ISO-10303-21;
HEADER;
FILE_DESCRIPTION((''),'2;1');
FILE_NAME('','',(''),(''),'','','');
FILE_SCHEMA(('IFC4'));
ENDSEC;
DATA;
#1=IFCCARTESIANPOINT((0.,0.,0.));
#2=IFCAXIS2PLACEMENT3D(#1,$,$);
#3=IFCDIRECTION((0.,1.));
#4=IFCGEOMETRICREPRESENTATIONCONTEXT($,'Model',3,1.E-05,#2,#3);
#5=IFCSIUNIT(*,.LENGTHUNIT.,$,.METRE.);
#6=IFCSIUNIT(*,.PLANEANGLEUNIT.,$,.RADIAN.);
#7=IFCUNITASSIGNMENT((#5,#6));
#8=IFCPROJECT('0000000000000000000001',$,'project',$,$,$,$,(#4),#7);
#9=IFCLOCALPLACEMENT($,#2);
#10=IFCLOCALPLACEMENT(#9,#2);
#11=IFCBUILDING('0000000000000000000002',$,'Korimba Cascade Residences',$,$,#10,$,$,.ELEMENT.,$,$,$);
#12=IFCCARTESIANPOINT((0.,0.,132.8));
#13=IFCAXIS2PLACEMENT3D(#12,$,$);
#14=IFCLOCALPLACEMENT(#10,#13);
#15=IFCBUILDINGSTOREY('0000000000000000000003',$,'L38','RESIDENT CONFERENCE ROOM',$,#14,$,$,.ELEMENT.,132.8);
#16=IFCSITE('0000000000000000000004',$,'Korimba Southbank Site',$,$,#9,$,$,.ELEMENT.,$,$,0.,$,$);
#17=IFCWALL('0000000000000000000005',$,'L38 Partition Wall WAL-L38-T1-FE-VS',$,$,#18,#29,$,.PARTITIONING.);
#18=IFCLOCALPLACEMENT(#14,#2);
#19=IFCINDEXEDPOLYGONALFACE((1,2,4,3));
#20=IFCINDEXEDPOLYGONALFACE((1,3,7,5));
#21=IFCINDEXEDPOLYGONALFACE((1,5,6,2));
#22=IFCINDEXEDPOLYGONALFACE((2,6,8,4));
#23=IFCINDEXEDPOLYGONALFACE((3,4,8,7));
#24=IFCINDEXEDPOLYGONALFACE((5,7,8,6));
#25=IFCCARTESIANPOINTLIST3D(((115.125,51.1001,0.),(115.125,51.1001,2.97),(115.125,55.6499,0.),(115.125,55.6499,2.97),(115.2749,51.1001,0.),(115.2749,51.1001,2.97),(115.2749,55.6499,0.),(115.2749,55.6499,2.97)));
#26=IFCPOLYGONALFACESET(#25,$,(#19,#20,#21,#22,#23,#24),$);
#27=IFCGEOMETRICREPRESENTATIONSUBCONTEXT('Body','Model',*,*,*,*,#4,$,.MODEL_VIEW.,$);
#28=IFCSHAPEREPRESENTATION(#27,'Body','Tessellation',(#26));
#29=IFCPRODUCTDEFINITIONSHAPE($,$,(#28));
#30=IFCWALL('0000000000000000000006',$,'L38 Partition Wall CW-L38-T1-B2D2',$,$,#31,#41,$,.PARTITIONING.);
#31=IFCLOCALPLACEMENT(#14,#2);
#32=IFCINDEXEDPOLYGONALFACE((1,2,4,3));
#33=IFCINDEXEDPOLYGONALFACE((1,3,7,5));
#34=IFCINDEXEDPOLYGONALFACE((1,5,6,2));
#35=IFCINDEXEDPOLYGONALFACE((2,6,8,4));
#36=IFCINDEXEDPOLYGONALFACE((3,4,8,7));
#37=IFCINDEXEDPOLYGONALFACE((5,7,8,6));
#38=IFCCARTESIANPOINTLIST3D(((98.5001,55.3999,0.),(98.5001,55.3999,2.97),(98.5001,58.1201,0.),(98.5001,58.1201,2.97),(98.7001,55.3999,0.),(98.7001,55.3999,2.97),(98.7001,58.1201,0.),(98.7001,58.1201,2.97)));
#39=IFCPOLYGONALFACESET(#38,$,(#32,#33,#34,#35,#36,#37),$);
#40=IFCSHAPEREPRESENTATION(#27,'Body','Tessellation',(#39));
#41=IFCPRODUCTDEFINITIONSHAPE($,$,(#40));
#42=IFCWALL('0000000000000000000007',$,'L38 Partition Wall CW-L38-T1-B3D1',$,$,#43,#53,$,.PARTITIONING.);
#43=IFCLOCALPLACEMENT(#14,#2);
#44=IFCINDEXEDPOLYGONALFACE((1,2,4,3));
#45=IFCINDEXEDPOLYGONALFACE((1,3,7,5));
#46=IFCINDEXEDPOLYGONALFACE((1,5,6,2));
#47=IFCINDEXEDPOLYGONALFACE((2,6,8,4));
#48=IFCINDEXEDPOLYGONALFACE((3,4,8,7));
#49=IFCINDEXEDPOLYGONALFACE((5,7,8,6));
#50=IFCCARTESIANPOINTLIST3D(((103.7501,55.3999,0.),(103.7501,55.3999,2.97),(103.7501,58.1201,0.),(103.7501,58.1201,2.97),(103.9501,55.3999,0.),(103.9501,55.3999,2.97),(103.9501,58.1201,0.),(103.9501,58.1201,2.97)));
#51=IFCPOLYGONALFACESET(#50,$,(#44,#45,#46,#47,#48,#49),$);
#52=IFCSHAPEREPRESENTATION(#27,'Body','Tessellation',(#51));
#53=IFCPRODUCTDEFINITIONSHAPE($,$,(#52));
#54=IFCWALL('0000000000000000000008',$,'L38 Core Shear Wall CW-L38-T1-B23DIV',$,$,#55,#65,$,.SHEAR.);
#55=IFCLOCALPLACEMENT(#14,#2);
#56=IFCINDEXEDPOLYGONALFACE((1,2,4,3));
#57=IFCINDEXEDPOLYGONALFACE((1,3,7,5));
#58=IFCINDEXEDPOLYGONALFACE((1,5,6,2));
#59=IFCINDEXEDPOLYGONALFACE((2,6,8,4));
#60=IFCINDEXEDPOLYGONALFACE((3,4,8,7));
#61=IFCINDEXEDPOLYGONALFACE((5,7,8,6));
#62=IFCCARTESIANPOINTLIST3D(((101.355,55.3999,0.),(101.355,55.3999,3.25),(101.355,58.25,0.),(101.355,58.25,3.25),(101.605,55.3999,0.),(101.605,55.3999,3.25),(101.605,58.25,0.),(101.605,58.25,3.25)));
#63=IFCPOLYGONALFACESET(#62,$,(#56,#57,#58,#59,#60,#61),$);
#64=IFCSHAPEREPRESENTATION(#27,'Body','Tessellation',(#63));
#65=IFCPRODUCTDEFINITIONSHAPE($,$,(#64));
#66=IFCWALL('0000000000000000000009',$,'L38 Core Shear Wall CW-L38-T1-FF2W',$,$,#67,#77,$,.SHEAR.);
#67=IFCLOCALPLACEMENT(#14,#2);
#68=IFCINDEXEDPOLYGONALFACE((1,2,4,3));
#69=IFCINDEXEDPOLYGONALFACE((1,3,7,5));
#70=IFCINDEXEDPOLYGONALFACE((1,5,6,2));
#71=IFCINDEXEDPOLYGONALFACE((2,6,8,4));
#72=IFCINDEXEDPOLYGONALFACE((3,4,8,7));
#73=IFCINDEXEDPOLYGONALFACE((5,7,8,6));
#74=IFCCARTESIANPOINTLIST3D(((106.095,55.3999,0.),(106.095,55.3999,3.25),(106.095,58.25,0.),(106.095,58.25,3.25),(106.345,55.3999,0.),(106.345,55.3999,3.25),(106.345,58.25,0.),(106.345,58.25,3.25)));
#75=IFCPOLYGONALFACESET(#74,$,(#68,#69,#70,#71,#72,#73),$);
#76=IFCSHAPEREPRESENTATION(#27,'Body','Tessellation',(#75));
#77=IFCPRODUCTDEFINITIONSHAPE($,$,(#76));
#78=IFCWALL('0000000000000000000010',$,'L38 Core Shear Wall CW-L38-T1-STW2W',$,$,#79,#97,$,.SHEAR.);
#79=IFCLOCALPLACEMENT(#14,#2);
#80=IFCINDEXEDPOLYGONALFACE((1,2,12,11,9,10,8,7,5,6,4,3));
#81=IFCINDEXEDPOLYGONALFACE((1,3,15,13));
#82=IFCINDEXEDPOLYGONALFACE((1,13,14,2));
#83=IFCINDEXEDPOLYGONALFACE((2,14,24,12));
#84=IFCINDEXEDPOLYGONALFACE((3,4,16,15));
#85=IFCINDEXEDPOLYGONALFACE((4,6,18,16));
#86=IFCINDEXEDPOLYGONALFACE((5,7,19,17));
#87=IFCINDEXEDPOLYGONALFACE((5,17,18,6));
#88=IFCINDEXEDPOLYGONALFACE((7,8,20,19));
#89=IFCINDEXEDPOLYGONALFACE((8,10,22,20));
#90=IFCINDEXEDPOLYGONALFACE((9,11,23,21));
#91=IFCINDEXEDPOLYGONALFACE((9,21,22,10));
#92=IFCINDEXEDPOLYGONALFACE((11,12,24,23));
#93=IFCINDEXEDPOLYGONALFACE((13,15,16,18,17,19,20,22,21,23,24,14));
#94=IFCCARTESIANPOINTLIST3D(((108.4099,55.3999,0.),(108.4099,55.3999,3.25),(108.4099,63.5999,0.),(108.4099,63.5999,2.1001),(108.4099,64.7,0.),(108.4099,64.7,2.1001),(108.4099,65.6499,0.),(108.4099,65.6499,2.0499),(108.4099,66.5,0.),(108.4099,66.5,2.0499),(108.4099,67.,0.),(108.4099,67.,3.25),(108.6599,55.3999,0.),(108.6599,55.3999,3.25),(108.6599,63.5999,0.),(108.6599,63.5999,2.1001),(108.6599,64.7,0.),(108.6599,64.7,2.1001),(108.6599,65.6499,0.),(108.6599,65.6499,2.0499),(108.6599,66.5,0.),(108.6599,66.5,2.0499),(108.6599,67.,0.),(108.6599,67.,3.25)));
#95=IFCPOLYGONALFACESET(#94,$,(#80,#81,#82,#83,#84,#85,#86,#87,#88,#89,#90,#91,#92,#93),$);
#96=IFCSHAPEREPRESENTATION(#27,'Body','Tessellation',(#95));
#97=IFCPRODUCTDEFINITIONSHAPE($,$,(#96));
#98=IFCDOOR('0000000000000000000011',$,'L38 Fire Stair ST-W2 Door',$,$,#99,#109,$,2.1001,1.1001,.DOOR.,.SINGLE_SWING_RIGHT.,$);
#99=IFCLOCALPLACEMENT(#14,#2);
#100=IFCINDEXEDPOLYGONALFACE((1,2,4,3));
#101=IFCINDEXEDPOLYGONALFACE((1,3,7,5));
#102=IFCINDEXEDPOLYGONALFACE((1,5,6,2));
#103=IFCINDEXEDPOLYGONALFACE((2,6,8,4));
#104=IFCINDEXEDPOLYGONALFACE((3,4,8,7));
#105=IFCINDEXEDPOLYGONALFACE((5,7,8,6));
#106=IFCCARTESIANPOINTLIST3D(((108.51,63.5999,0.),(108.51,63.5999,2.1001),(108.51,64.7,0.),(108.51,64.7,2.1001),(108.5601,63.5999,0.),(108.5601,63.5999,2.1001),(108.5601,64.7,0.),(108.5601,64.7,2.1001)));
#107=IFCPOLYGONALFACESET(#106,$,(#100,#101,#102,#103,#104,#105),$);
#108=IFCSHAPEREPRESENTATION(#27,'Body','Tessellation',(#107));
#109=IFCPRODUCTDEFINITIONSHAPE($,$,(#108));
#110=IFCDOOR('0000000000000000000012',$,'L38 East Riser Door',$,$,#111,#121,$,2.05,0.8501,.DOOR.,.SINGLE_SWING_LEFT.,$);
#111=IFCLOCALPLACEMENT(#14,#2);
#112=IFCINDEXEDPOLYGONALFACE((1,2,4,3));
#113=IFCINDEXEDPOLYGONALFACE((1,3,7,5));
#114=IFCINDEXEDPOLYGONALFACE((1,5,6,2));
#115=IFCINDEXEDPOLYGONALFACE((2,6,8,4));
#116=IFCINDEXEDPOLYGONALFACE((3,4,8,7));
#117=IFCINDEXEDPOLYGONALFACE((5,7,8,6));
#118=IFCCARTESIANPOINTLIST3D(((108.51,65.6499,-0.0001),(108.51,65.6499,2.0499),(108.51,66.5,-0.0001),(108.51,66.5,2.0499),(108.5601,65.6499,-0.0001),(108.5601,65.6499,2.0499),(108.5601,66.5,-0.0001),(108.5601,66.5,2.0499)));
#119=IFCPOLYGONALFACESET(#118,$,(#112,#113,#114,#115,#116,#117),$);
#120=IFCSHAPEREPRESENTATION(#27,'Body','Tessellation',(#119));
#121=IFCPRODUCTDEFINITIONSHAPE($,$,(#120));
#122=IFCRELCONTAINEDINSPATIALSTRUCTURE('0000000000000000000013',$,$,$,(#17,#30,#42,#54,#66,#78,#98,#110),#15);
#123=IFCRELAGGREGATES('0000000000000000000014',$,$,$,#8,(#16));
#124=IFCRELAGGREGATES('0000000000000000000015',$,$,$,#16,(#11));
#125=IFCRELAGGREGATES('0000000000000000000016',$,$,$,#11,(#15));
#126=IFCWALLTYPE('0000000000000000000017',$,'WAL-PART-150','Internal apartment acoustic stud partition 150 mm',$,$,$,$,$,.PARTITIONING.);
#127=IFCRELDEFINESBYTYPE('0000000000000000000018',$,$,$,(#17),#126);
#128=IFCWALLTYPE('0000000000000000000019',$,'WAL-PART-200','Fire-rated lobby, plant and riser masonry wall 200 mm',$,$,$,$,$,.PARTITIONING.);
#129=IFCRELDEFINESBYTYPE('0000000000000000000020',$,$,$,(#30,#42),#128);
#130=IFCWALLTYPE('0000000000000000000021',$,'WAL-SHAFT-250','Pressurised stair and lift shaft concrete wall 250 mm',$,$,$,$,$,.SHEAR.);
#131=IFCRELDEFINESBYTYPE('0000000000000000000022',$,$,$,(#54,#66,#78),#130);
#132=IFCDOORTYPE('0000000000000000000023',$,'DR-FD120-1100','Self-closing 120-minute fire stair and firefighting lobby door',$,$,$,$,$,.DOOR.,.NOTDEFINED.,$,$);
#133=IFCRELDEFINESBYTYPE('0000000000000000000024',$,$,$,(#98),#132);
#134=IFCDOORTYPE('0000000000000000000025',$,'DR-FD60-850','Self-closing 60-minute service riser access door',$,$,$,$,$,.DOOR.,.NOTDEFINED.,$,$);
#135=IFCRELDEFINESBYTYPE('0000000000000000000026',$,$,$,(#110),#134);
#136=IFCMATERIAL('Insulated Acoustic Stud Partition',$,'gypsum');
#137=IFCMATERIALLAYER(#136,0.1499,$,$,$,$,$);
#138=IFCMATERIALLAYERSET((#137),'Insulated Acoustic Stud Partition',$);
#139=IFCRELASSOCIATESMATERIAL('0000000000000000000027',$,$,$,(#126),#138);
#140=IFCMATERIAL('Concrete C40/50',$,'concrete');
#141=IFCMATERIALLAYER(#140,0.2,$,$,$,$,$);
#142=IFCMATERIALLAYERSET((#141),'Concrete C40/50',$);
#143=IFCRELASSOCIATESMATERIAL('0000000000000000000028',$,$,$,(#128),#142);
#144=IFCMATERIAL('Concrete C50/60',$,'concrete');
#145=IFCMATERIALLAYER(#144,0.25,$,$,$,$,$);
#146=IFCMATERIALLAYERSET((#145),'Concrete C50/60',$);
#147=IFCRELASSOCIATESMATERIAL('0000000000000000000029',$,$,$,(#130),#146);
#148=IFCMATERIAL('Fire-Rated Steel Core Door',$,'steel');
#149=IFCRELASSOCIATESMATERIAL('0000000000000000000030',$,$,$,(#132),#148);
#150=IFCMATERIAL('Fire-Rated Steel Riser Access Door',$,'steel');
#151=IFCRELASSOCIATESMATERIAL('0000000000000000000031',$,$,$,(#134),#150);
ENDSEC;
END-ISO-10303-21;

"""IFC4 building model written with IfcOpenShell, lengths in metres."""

from ifc_helpers import new_model, si_unit, direction, frame, frame_2d, origin, place, context, subcontext, project, spatial, rectangle, extrude, material, layer, layer_set, type_object, element, fill, save


model = new_model("IFC4")

# Units and contexts
model_context = context("Model", 3, precision=1e-05, world=origin(), true_north=direction((0.0, 1.0)))
body_context = subcontext(model_context, "Body", "Model", "MODEL_VIEW")
ifc_project = project(units=[si_unit("LENGTHUNIT", "METRE"), si_unit("PLANEANGLEUNIT", "RADIAN")], contexts=[model_context])

# Site, building, storey
site_placement = place(None, origin())
site = spatial("IfcSite", under=ifc_project, at=site_placement, Name="Korimba Southbank Site", CompositionType="ELEMENT", RefElevation=0.0)
building_placement = place(site_placement, origin())
building = spatial("IfcBuilding", under=site, at=building_placement, Name="Korimba Cascade Residences", CompositionType="ELEMENT")
storey_placement = place(building_placement, frame((0.0, 0.0, 132.8)))
storey = spatial("IfcBuildingStorey", under=building, at=storey_placement, Name="L38", Description="RESIDENT CONFERENCE ROOM", CompositionType="ELEMENT", Elevation=132.8)

# Shared definitions
ifc_material_1 = material(Name="Insulated Acoustic Stud Partition", Category="gypsum")
ifc_layer_1 = layer(ifc_material_1, 0.1499)
ifc_layer_set_1 = layer_set([ifc_layer_1], Name="Insulated Acoustic Stud Partition")
wall_type_1 = type_object("IfcWallType", Name="WAL-PART-150", Description="Internal apartment acoustic stud partition 150 mm", PredefinedType="PARTITIONING", material=ifc_layer_set_1)

# Walls
wall_1_placement = place(storey_placement, frame((115.2, 51.1001, 0.0), z_axis=(0.0, 0.0, 1.0), x_axis=(0.0, 1.0, 0.0)))
element("IfcWall", 1, at=wall_1_placement, inside=storey, type_object=wall_type_1, Name="L38 Partition Wall WAL-L38-T1-FE-VS", PredefinedType="PARTITIONING", context=body_context, shape_type="SweptSolid", body=[
    extrude(rectangle(XDim=4.5498, YDim=0.1499, at=frame_2d((2.2749, 0.0))), origin(), (0.0, 0.0, 1.0), 2.97),
])
ifc_material_2 = material(Name="Concrete C40/50", Category="concrete")
ifc_layer_2 = layer(ifc_material_2, 0.2)
ifc_layer_set_2 = layer_set([ifc_layer_2], Name="Concrete C40/50")
wall_type_2 = type_object("IfcWallType", Name="WAL-PART-200", Description="Fire-rated lobby, plant and riser masonry wall 200 mm", PredefinedType="PARTITIONING", material=ifc_layer_set_2)
for number, where, z_axis, x_axis, name in (
    (2, (98.6001, 55.3999, 0.0), (0.0, 0.0, 1.0), (0.0, 1.0, 0.0), "L38 Partition Wall CW-L38-T1-B2D2"),
    (3, (103.8501, 55.3999, 0.0), (0.0, 0.0, 1.0), (0.0, 1.0, 0.0), "L38 Partition Wall CW-L38-T1-B3D1"),
):
    element("IfcWall", number, at=place(storey_placement, frame(where, z_axis=z_axis, x_axis=x_axis)), inside=storey, type_object=wall_type_2, Name=name, PredefinedType="PARTITIONING", context=body_context, shape_type="SweptSolid", body=[
        extrude(rectangle(XDim=2.7202, YDim=0.2, at=frame_2d((1.3601, 0.0))), origin(), (0.0, 0.0, 1.0), 2.97),
    ])
ifc_material_3 = material(Name="Concrete C50/60", Category="concrete")
ifc_layer_3 = layer(ifc_material_3, 0.25)
ifc_layer_set_3 = layer_set([ifc_layer_3], Name="Concrete C50/60")
wall_type_3 = type_object("IfcWallType", Name="WAL-SHAFT-250", Description="Pressurised stair and lift shaft concrete wall 250 mm", PredefinedType="SHEAR", material=ifc_layer_set_3)
for number, where, z_axis, x_axis, name in (
    (4, (101.48, 55.3999, 0.0), (0.0, 0.0, 1.0), (0.0, 1.0, 0.0), "L38 Core Shear Wall CW-L38-T1-B23DIV"),
    (5, (106.22, 55.3999, 0.0), (0.0, 0.0, 1.0), (0.0, 1.0, 0.0), "L38 Core Shear Wall CW-L38-T1-FF2W"),
):
    element("IfcWall", number, at=place(storey_placement, frame(where, z_axis=z_axis, x_axis=x_axis)), inside=storey, type_object=wall_type_3, Name=name, PredefinedType="SHEAR", context=body_context, shape_type="SweptSolid", body=[
        extrude(rectangle(XDim=2.8501, YDim=0.25, at=frame_2d((1.425, 0.0))), origin(), (0.0, 0.0, 1.0), 3.25),
    ])

# Wall, openings, doors
wall_2_placement = place(storey_placement, frame((108.5349, 55.3999, 0.0), z_axis=(0.0, 0.0, 1.0), x_axis=(0.0, 1.0, 0.0)))
wall_2 = element("IfcWall", 6, at=wall_2_placement, inside=storey, type_object=wall_type_3, Name="L38 Core Shear Wall CW-L38-T1-STW2W", PredefinedType="SHEAR", context=body_context, shape_type="SweptSolid", body=[
    extrude(rectangle(XDim=11.6001, YDim=0.25, at=frame_2d((5.8, 0.0))), origin(), (0.0, 0.0, 1.0), 3.25),
])
opening_1_placement = place(wall_2_placement, frame((8.2, 0.0, 0.0)))
opening_1 = element("IfcOpeningElement", 7, at=opening_1_placement, cuts=wall_2, PredefinedType="OPENING", context=body_context, shape_type="SweptSolid", body=[
    extrude(rectangle(XDim=1.1001, YDim=2.1001, at=frame_2d((0.55, 1.05))), frame((0.0, 0.135, 0.0), z_axis=(0.0, -1.0, 0.0), x_axis=(1.0, 0.0, 0.0)), (0.0, 0.0, 1.0), 0.27),
])
opening_2_placement = place(wall_2_placement, frame((10.25, 0.0, 0.0)))
opening_2 = element("IfcOpeningElement", 8, at=opening_2_placement, cuts=wall_2, PredefinedType="OPENING", context=body_context, shape_type="SweptSolid", body=[
    extrude(rectangle(XDim=0.8501, YDim=2.05, at=frame_2d((0.425, 1.0249))), frame((0.0, 0.135, 0.0), z_axis=(0.0, -1.0, 0.0), x_axis=(1.0, 0.0, 0.0)), (0.0, 0.0, 1.0), 0.27),
])
ifc_material_4 = material(Name="Fire-Rated Steel Core Door", Category="steel")
door_type_1 = type_object("IfcDoorType", Name="DR-FD120-1100", Description="Self-closing 120-minute fire stair and firefighting lobby door", OperationType="NOTDEFINED", PredefinedType="DOOR", material=ifc_material_4)
door_1_placement = place(opening_1_placement, origin())
door_1 = element("IfcDoor", 9, at=door_1_placement, inside=storey, type_object=door_type_1, Name="L38 Fire Stair ST-W2 Door", OperationType="SINGLE_SWING_RIGHT", OverallHeight=2.1001, OverallWidth=1.1001, PredefinedType="DOOR", context=body_context, shape_type="SweptSolid", body=[
    extrude(rectangle(XDim=1.1001, YDim=2.1001, at=frame_2d((0.55, 1.05))), frame((0.0, 0.0249, 0.0), z_axis=(0.0, -1.0, 0.0), x_axis=(1.0, 0.0, 0.0)), (0.0, 0.0, 1.0), 0.05),
])
fill(opening_1, door_1)
ifc_material_5 = material(Name="Fire-Rated Steel Riser Access Door", Category="steel")
door_type_2 = type_object("IfcDoorType", Name="DR-FD60-850", Description="Self-closing 60-minute service riser access door", OperationType="NOTDEFINED", PredefinedType="DOOR", material=ifc_material_5)
door_2_placement = place(opening_2_placement, origin())
door_2 = element("IfcDoor", 10, at=door_2_placement, inside=storey, type_object=door_type_2, Name="L38 East Riser Door", OperationType="SINGLE_SWING_LEFT", OverallHeight=2.05, OverallWidth=0.8501, PredefinedType="DOOR", context=body_context, shape_type="SweptSolid", body=[
    extrude(rectangle(XDim=0.8501, YDim=2.05, at=frame_2d((0.425, 1.0249))), frame((0.0, 0.0249, 0.0), z_axis=(0.0, -1.0, 0.0), x_axis=(1.0, 0.0, 0.0)), (0.0, 0.0, 1.0), 0.05),
])
fill(opening_2, door_2)

save(model, "model.ifc")
